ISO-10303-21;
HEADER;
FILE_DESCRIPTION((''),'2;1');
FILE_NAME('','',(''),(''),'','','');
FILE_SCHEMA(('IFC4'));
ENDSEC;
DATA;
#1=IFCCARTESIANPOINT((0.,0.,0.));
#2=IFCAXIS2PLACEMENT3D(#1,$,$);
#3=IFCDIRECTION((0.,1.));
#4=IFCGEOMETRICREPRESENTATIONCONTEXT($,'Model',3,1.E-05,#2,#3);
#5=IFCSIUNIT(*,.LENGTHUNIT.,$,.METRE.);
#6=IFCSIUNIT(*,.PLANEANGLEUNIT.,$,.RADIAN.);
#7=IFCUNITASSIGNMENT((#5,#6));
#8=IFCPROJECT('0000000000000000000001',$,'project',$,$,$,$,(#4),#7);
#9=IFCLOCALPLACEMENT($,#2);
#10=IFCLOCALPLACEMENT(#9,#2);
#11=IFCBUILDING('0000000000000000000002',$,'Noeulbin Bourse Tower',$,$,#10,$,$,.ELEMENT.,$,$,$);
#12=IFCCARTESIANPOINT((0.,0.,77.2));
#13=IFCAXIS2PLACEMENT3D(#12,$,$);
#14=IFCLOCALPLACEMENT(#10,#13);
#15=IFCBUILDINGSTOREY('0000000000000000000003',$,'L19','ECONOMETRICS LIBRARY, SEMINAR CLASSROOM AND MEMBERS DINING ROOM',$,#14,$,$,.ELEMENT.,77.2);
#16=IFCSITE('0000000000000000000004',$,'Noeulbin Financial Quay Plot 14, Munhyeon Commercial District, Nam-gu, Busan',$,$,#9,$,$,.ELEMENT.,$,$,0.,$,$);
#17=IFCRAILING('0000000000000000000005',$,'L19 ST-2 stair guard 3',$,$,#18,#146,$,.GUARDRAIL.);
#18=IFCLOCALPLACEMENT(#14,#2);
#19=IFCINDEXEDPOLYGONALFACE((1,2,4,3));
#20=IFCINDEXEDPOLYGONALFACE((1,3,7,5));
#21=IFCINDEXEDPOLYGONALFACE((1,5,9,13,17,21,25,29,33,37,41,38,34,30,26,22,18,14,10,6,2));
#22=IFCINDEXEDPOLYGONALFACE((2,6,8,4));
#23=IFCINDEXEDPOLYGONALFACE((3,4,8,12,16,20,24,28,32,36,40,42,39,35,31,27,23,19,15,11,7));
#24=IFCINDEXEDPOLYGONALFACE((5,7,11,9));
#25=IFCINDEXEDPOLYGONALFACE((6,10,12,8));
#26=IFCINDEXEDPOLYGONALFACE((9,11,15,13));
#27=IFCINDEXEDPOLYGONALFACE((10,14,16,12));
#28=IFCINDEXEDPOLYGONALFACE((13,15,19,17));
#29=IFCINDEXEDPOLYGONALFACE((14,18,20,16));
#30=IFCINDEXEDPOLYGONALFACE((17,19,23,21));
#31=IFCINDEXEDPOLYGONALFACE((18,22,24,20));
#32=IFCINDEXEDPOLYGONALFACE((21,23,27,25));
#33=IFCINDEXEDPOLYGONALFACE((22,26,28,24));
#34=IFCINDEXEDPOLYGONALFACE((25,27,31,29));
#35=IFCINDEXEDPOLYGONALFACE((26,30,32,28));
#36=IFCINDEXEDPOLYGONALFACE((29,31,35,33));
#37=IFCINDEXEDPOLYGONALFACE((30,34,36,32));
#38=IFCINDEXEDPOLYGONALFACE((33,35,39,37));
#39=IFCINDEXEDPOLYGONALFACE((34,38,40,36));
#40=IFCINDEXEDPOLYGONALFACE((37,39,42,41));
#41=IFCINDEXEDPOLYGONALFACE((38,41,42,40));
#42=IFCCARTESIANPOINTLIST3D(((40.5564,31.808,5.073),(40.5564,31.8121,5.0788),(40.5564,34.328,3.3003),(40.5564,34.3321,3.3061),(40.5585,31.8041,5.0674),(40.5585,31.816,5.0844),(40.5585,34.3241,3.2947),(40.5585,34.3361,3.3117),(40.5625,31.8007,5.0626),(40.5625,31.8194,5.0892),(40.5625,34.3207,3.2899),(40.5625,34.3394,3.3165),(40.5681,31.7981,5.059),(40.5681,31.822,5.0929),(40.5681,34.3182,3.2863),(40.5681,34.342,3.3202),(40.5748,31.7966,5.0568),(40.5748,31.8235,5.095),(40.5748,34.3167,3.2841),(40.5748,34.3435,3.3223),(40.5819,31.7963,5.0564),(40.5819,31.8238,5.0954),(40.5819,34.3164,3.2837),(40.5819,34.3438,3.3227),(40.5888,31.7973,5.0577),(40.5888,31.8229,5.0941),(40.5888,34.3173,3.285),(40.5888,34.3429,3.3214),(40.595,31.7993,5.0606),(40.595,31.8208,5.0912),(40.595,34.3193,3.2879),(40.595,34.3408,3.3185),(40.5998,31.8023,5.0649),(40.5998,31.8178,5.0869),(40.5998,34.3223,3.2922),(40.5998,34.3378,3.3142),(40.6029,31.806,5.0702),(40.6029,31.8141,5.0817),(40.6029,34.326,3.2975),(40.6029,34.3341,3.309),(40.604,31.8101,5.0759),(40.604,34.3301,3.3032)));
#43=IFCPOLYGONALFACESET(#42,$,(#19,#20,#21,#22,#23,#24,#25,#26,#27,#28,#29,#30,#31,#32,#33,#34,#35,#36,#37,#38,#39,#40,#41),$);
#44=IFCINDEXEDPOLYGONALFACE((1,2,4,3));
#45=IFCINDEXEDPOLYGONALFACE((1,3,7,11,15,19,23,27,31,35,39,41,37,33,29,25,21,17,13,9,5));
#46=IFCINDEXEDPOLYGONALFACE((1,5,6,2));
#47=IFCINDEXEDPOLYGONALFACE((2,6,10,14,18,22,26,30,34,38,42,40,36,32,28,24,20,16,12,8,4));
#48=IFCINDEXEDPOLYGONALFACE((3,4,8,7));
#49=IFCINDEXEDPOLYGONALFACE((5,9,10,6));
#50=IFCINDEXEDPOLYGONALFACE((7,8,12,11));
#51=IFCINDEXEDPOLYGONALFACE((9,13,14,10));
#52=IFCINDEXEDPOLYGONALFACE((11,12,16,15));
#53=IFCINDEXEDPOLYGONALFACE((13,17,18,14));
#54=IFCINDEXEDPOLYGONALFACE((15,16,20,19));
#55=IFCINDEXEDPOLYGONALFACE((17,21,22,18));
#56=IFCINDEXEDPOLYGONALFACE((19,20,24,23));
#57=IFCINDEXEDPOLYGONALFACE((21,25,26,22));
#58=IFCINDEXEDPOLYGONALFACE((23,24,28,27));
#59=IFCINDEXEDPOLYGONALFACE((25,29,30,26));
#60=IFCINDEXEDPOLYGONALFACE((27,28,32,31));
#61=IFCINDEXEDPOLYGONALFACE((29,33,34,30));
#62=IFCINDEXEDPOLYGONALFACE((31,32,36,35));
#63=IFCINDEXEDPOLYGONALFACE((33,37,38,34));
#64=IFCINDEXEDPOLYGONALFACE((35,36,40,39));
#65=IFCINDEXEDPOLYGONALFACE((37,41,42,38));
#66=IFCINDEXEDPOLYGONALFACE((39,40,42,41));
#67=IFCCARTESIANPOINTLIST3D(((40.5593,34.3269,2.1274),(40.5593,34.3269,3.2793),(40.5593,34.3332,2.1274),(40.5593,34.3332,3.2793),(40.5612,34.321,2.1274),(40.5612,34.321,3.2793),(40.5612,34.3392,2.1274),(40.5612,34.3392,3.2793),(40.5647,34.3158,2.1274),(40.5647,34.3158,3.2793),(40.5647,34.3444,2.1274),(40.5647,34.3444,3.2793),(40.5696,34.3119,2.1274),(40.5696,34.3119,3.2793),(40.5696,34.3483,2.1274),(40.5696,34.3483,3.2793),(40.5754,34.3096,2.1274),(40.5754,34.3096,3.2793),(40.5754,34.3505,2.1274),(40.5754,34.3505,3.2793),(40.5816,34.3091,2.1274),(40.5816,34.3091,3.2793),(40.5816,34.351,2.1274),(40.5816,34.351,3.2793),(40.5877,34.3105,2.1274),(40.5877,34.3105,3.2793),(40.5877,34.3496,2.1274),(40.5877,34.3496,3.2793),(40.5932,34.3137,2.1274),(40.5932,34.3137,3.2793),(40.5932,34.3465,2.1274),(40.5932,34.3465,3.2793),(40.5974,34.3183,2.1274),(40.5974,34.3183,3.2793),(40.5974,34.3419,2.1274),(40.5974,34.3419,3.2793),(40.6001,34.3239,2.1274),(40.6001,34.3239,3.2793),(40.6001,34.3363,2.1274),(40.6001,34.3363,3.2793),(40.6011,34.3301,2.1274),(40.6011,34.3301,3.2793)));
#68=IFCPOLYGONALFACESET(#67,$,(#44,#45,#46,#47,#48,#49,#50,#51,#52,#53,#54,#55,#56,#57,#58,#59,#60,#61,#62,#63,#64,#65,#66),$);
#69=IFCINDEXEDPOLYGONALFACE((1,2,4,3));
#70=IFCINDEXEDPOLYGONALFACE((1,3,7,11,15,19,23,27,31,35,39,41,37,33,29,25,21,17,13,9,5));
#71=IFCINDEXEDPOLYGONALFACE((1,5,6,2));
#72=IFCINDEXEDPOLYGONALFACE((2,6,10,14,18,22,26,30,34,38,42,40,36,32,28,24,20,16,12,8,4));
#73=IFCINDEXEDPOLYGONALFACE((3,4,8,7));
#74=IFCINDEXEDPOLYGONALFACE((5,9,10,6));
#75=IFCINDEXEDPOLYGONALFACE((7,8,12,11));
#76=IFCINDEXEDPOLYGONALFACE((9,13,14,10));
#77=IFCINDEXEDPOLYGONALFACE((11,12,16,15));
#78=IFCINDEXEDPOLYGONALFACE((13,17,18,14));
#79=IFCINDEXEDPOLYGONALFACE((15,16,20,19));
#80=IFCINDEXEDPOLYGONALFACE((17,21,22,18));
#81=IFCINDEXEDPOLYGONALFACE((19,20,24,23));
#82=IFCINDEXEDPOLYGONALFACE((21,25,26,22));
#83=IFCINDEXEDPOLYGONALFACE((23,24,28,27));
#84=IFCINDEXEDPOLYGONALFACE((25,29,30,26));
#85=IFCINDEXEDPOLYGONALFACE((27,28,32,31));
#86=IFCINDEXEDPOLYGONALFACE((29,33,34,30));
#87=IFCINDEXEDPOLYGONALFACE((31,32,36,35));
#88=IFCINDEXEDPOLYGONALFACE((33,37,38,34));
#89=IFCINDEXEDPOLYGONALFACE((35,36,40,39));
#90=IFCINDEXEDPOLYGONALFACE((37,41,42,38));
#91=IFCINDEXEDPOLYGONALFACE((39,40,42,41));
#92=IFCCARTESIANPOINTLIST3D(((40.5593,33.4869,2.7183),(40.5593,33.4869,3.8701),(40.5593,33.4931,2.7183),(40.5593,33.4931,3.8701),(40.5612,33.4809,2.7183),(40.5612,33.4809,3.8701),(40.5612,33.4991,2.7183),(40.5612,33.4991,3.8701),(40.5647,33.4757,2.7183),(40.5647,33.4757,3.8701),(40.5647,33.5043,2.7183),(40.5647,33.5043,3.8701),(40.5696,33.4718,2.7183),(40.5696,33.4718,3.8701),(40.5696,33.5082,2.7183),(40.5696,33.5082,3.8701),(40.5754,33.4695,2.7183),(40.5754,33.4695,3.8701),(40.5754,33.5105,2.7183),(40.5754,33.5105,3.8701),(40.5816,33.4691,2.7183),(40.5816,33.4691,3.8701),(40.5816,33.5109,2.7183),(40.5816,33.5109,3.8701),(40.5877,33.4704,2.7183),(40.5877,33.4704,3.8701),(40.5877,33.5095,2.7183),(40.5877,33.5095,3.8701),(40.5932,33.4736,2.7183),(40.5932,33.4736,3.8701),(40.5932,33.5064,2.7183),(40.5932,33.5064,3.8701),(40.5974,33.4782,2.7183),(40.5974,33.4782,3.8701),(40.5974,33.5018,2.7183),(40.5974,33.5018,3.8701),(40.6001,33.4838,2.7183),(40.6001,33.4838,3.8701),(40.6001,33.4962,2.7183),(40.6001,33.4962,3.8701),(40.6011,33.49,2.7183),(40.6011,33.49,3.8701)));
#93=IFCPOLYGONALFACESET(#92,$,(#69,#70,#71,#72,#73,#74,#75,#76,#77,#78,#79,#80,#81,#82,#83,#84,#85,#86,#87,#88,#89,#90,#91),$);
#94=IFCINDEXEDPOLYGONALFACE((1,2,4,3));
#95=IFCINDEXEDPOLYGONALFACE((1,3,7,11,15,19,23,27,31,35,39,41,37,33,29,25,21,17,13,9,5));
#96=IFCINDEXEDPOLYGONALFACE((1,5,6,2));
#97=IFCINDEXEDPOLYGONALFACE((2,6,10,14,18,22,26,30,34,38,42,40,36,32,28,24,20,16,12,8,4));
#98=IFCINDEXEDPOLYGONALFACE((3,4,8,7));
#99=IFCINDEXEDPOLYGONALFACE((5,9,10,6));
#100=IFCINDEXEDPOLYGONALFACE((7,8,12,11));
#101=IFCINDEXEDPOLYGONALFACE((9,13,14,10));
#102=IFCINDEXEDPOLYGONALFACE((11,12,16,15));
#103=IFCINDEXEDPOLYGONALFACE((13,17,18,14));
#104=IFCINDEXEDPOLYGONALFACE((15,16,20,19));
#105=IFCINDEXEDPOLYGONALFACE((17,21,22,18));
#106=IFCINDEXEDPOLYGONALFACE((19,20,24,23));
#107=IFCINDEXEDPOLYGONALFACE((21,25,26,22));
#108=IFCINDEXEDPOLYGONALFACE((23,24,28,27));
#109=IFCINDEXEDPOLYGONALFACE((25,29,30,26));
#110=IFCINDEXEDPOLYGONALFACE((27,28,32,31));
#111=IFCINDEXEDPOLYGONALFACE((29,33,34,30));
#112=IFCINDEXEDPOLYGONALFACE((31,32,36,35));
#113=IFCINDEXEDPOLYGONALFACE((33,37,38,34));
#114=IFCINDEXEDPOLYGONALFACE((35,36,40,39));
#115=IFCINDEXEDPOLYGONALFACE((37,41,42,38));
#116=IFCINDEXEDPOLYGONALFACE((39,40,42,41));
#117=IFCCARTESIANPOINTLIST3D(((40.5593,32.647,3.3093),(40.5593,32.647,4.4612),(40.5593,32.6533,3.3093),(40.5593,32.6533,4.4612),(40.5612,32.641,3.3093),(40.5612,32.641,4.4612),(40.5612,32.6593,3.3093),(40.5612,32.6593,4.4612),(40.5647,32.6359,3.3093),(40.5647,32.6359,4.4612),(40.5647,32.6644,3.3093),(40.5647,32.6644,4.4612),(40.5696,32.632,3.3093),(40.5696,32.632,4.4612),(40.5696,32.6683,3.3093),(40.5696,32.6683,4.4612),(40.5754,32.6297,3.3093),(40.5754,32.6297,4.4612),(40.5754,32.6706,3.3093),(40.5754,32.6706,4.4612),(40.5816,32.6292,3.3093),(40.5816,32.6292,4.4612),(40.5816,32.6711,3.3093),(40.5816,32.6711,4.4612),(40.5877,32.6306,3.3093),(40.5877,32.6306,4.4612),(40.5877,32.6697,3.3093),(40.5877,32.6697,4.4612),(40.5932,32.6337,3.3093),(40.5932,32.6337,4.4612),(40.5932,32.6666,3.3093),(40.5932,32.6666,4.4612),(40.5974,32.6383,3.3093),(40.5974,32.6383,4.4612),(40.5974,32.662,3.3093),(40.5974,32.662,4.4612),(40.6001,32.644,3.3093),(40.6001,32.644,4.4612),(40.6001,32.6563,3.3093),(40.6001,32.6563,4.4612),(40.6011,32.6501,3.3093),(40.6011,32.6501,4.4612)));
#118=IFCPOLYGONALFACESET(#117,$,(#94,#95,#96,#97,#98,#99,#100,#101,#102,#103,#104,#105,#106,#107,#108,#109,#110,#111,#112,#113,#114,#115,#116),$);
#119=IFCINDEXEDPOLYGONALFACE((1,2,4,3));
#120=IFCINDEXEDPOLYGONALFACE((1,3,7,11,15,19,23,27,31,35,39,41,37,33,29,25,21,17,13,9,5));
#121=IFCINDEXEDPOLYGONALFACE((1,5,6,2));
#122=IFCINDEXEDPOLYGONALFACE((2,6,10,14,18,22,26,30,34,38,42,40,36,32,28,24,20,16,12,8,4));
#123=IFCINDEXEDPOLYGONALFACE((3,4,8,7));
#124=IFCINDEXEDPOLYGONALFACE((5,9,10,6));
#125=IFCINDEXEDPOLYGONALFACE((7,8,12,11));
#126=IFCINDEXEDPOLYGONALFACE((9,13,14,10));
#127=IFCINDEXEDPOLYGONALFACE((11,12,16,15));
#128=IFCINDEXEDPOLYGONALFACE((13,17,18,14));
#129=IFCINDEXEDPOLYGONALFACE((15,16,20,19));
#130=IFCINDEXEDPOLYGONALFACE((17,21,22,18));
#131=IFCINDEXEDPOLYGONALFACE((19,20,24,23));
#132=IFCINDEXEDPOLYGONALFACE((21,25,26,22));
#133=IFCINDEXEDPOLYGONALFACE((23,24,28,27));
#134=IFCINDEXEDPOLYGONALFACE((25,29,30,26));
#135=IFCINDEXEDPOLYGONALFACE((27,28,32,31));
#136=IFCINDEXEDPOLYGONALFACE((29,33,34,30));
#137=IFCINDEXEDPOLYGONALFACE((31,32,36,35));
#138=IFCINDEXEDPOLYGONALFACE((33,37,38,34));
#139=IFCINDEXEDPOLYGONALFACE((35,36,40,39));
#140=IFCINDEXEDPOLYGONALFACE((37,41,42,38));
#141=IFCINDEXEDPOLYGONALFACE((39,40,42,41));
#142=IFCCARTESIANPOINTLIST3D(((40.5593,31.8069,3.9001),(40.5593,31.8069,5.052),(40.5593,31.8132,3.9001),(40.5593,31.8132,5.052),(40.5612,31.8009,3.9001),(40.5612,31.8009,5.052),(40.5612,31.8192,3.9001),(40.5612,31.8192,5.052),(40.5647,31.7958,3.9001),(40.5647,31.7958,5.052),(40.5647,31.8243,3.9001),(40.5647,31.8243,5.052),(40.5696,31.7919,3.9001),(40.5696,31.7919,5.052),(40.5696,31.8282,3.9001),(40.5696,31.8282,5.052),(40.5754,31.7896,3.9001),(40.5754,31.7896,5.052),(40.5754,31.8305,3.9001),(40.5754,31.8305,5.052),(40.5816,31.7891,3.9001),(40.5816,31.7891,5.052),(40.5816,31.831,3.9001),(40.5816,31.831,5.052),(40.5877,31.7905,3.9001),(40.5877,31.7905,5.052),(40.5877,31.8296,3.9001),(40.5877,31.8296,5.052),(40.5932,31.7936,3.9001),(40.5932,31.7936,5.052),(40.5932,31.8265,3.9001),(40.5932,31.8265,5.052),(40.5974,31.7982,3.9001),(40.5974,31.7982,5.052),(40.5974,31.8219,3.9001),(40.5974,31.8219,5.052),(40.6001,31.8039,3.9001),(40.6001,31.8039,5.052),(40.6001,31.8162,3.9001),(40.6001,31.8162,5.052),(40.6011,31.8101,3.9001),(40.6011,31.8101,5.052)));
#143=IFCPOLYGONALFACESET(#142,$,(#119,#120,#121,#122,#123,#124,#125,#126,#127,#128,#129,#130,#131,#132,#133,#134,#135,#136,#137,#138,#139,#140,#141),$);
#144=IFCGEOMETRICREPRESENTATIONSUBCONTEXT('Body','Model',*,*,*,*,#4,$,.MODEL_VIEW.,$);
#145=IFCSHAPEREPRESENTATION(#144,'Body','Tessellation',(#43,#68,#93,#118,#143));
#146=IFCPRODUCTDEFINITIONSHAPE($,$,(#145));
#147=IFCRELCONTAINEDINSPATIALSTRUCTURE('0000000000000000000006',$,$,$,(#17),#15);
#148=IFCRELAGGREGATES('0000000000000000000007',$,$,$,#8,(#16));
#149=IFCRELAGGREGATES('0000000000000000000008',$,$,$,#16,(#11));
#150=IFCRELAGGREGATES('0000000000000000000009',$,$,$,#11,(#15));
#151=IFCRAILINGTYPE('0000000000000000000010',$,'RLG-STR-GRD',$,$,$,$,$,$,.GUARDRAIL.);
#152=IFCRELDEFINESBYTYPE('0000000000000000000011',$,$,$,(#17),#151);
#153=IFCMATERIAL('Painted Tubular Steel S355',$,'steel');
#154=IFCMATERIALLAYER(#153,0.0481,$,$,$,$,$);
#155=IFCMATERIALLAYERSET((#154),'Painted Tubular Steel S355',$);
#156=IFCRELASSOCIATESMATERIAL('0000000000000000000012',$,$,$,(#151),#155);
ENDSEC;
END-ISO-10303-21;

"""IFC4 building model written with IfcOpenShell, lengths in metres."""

from ifc_helpers import new_model, si_unit, direction, frame, origin, origin_2d, place, context, subcontext, project, spatial, circle, extrude, material, layer, layer_set, type_object, element, save


model = new_model("IFC4")

# Units and contexts
model_context = context("Model", 3, precision=1e-05, world=origin(), true_north=direction((0.0, 1.0)))
body_context = subcontext(model_context, "Body", "Model", "MODEL_VIEW")
ifc_project = project(units=[si_unit("LENGTHUNIT", "METRE"), si_unit("PLANEANGLEUNIT", "RADIAN")], contexts=[model_context])

# Site, building, storey
site_placement = place(None, origin())
site = spatial("IfcSite", under=ifc_project, at=site_placement, Name="Noeulbin Financial Quay Plot 14, Munhyeon Commercial District, Nam-gu, Busan", CompositionType="ELEMENT", RefElevation=0.0)
building_placement = place(site_placement, origin())
building = spatial("IfcBuilding", under=site, at=building_placement, Name="Noeulbin Bourse Tower", CompositionType="ELEMENT")
storey_placement = place(building_placement, frame((0.0, 0.0, 77.2)))
storey = spatial("IfcBuildingStorey", under=building, at=storey_placement, Name="L19", Description="ECONOMETRICS LIBRARY, SEMINAR CLASSROOM AND MEMBERS DINING ROOM", CompositionType="ELEMENT", Elevation=77.2)

# Railing
ifc_material_1 = material(Name="Painted Tubular Steel S355", Category="steel")
ifc_layer_1 = layer(ifc_material_1, 0.0481)
ifc_layer_set_1 = layer_set([ifc_layer_1], Name="Painted Tubular Steel S355")
railing_type_1 = type_object("IfcRailingType", Name="RLG-STR-GRD", PredefinedType="GUARDRAIL", material=ifc_layer_set_1)
railing_1_placement = place(storey_placement, frame((40.5801, 34.3301, 2.1274)))
element("IfcRailing", 1, at=railing_1_placement, inside=storey, type_object=railing_type_1, Name="L19 ST-2 stair guard 3", PredefinedType="GUARDRAIL", context=body_context, shape_type="SweptSolid", body=[
    extrude(circle(Radius=0.0239, at=origin_2d()), frame((0.0, 0.0, 1.1758), z_axis=(0.0, -0.817904, 0.575354), x_axis=(1.0, 0.0, 0.0)), (0.0, 0.0, 1.0), 3.0811),
    extrude(circle(Radius=0.021, at=origin_2d()), origin(), (0.0, 0.0, 1.0), 1.1519),
    extrude(circle(Radius=0.021, at=origin_2d()), frame((0.0, -0.8401, 0.5908)), (0.0, 0.0, 1.0), 1.1519),
    extrude(circle(Radius=0.021, at=origin_2d()), frame((0.0, -1.6799, 1.1819)), (0.0, 0.0, 1.0), 1.1519),
    extrude(circle(Radius=0.021, at=origin_2d()), frame((0.0, -2.52, 1.7727)), (0.0, 0.0, 1.0), 1.1519),
])

save(model, "model.ifc")
